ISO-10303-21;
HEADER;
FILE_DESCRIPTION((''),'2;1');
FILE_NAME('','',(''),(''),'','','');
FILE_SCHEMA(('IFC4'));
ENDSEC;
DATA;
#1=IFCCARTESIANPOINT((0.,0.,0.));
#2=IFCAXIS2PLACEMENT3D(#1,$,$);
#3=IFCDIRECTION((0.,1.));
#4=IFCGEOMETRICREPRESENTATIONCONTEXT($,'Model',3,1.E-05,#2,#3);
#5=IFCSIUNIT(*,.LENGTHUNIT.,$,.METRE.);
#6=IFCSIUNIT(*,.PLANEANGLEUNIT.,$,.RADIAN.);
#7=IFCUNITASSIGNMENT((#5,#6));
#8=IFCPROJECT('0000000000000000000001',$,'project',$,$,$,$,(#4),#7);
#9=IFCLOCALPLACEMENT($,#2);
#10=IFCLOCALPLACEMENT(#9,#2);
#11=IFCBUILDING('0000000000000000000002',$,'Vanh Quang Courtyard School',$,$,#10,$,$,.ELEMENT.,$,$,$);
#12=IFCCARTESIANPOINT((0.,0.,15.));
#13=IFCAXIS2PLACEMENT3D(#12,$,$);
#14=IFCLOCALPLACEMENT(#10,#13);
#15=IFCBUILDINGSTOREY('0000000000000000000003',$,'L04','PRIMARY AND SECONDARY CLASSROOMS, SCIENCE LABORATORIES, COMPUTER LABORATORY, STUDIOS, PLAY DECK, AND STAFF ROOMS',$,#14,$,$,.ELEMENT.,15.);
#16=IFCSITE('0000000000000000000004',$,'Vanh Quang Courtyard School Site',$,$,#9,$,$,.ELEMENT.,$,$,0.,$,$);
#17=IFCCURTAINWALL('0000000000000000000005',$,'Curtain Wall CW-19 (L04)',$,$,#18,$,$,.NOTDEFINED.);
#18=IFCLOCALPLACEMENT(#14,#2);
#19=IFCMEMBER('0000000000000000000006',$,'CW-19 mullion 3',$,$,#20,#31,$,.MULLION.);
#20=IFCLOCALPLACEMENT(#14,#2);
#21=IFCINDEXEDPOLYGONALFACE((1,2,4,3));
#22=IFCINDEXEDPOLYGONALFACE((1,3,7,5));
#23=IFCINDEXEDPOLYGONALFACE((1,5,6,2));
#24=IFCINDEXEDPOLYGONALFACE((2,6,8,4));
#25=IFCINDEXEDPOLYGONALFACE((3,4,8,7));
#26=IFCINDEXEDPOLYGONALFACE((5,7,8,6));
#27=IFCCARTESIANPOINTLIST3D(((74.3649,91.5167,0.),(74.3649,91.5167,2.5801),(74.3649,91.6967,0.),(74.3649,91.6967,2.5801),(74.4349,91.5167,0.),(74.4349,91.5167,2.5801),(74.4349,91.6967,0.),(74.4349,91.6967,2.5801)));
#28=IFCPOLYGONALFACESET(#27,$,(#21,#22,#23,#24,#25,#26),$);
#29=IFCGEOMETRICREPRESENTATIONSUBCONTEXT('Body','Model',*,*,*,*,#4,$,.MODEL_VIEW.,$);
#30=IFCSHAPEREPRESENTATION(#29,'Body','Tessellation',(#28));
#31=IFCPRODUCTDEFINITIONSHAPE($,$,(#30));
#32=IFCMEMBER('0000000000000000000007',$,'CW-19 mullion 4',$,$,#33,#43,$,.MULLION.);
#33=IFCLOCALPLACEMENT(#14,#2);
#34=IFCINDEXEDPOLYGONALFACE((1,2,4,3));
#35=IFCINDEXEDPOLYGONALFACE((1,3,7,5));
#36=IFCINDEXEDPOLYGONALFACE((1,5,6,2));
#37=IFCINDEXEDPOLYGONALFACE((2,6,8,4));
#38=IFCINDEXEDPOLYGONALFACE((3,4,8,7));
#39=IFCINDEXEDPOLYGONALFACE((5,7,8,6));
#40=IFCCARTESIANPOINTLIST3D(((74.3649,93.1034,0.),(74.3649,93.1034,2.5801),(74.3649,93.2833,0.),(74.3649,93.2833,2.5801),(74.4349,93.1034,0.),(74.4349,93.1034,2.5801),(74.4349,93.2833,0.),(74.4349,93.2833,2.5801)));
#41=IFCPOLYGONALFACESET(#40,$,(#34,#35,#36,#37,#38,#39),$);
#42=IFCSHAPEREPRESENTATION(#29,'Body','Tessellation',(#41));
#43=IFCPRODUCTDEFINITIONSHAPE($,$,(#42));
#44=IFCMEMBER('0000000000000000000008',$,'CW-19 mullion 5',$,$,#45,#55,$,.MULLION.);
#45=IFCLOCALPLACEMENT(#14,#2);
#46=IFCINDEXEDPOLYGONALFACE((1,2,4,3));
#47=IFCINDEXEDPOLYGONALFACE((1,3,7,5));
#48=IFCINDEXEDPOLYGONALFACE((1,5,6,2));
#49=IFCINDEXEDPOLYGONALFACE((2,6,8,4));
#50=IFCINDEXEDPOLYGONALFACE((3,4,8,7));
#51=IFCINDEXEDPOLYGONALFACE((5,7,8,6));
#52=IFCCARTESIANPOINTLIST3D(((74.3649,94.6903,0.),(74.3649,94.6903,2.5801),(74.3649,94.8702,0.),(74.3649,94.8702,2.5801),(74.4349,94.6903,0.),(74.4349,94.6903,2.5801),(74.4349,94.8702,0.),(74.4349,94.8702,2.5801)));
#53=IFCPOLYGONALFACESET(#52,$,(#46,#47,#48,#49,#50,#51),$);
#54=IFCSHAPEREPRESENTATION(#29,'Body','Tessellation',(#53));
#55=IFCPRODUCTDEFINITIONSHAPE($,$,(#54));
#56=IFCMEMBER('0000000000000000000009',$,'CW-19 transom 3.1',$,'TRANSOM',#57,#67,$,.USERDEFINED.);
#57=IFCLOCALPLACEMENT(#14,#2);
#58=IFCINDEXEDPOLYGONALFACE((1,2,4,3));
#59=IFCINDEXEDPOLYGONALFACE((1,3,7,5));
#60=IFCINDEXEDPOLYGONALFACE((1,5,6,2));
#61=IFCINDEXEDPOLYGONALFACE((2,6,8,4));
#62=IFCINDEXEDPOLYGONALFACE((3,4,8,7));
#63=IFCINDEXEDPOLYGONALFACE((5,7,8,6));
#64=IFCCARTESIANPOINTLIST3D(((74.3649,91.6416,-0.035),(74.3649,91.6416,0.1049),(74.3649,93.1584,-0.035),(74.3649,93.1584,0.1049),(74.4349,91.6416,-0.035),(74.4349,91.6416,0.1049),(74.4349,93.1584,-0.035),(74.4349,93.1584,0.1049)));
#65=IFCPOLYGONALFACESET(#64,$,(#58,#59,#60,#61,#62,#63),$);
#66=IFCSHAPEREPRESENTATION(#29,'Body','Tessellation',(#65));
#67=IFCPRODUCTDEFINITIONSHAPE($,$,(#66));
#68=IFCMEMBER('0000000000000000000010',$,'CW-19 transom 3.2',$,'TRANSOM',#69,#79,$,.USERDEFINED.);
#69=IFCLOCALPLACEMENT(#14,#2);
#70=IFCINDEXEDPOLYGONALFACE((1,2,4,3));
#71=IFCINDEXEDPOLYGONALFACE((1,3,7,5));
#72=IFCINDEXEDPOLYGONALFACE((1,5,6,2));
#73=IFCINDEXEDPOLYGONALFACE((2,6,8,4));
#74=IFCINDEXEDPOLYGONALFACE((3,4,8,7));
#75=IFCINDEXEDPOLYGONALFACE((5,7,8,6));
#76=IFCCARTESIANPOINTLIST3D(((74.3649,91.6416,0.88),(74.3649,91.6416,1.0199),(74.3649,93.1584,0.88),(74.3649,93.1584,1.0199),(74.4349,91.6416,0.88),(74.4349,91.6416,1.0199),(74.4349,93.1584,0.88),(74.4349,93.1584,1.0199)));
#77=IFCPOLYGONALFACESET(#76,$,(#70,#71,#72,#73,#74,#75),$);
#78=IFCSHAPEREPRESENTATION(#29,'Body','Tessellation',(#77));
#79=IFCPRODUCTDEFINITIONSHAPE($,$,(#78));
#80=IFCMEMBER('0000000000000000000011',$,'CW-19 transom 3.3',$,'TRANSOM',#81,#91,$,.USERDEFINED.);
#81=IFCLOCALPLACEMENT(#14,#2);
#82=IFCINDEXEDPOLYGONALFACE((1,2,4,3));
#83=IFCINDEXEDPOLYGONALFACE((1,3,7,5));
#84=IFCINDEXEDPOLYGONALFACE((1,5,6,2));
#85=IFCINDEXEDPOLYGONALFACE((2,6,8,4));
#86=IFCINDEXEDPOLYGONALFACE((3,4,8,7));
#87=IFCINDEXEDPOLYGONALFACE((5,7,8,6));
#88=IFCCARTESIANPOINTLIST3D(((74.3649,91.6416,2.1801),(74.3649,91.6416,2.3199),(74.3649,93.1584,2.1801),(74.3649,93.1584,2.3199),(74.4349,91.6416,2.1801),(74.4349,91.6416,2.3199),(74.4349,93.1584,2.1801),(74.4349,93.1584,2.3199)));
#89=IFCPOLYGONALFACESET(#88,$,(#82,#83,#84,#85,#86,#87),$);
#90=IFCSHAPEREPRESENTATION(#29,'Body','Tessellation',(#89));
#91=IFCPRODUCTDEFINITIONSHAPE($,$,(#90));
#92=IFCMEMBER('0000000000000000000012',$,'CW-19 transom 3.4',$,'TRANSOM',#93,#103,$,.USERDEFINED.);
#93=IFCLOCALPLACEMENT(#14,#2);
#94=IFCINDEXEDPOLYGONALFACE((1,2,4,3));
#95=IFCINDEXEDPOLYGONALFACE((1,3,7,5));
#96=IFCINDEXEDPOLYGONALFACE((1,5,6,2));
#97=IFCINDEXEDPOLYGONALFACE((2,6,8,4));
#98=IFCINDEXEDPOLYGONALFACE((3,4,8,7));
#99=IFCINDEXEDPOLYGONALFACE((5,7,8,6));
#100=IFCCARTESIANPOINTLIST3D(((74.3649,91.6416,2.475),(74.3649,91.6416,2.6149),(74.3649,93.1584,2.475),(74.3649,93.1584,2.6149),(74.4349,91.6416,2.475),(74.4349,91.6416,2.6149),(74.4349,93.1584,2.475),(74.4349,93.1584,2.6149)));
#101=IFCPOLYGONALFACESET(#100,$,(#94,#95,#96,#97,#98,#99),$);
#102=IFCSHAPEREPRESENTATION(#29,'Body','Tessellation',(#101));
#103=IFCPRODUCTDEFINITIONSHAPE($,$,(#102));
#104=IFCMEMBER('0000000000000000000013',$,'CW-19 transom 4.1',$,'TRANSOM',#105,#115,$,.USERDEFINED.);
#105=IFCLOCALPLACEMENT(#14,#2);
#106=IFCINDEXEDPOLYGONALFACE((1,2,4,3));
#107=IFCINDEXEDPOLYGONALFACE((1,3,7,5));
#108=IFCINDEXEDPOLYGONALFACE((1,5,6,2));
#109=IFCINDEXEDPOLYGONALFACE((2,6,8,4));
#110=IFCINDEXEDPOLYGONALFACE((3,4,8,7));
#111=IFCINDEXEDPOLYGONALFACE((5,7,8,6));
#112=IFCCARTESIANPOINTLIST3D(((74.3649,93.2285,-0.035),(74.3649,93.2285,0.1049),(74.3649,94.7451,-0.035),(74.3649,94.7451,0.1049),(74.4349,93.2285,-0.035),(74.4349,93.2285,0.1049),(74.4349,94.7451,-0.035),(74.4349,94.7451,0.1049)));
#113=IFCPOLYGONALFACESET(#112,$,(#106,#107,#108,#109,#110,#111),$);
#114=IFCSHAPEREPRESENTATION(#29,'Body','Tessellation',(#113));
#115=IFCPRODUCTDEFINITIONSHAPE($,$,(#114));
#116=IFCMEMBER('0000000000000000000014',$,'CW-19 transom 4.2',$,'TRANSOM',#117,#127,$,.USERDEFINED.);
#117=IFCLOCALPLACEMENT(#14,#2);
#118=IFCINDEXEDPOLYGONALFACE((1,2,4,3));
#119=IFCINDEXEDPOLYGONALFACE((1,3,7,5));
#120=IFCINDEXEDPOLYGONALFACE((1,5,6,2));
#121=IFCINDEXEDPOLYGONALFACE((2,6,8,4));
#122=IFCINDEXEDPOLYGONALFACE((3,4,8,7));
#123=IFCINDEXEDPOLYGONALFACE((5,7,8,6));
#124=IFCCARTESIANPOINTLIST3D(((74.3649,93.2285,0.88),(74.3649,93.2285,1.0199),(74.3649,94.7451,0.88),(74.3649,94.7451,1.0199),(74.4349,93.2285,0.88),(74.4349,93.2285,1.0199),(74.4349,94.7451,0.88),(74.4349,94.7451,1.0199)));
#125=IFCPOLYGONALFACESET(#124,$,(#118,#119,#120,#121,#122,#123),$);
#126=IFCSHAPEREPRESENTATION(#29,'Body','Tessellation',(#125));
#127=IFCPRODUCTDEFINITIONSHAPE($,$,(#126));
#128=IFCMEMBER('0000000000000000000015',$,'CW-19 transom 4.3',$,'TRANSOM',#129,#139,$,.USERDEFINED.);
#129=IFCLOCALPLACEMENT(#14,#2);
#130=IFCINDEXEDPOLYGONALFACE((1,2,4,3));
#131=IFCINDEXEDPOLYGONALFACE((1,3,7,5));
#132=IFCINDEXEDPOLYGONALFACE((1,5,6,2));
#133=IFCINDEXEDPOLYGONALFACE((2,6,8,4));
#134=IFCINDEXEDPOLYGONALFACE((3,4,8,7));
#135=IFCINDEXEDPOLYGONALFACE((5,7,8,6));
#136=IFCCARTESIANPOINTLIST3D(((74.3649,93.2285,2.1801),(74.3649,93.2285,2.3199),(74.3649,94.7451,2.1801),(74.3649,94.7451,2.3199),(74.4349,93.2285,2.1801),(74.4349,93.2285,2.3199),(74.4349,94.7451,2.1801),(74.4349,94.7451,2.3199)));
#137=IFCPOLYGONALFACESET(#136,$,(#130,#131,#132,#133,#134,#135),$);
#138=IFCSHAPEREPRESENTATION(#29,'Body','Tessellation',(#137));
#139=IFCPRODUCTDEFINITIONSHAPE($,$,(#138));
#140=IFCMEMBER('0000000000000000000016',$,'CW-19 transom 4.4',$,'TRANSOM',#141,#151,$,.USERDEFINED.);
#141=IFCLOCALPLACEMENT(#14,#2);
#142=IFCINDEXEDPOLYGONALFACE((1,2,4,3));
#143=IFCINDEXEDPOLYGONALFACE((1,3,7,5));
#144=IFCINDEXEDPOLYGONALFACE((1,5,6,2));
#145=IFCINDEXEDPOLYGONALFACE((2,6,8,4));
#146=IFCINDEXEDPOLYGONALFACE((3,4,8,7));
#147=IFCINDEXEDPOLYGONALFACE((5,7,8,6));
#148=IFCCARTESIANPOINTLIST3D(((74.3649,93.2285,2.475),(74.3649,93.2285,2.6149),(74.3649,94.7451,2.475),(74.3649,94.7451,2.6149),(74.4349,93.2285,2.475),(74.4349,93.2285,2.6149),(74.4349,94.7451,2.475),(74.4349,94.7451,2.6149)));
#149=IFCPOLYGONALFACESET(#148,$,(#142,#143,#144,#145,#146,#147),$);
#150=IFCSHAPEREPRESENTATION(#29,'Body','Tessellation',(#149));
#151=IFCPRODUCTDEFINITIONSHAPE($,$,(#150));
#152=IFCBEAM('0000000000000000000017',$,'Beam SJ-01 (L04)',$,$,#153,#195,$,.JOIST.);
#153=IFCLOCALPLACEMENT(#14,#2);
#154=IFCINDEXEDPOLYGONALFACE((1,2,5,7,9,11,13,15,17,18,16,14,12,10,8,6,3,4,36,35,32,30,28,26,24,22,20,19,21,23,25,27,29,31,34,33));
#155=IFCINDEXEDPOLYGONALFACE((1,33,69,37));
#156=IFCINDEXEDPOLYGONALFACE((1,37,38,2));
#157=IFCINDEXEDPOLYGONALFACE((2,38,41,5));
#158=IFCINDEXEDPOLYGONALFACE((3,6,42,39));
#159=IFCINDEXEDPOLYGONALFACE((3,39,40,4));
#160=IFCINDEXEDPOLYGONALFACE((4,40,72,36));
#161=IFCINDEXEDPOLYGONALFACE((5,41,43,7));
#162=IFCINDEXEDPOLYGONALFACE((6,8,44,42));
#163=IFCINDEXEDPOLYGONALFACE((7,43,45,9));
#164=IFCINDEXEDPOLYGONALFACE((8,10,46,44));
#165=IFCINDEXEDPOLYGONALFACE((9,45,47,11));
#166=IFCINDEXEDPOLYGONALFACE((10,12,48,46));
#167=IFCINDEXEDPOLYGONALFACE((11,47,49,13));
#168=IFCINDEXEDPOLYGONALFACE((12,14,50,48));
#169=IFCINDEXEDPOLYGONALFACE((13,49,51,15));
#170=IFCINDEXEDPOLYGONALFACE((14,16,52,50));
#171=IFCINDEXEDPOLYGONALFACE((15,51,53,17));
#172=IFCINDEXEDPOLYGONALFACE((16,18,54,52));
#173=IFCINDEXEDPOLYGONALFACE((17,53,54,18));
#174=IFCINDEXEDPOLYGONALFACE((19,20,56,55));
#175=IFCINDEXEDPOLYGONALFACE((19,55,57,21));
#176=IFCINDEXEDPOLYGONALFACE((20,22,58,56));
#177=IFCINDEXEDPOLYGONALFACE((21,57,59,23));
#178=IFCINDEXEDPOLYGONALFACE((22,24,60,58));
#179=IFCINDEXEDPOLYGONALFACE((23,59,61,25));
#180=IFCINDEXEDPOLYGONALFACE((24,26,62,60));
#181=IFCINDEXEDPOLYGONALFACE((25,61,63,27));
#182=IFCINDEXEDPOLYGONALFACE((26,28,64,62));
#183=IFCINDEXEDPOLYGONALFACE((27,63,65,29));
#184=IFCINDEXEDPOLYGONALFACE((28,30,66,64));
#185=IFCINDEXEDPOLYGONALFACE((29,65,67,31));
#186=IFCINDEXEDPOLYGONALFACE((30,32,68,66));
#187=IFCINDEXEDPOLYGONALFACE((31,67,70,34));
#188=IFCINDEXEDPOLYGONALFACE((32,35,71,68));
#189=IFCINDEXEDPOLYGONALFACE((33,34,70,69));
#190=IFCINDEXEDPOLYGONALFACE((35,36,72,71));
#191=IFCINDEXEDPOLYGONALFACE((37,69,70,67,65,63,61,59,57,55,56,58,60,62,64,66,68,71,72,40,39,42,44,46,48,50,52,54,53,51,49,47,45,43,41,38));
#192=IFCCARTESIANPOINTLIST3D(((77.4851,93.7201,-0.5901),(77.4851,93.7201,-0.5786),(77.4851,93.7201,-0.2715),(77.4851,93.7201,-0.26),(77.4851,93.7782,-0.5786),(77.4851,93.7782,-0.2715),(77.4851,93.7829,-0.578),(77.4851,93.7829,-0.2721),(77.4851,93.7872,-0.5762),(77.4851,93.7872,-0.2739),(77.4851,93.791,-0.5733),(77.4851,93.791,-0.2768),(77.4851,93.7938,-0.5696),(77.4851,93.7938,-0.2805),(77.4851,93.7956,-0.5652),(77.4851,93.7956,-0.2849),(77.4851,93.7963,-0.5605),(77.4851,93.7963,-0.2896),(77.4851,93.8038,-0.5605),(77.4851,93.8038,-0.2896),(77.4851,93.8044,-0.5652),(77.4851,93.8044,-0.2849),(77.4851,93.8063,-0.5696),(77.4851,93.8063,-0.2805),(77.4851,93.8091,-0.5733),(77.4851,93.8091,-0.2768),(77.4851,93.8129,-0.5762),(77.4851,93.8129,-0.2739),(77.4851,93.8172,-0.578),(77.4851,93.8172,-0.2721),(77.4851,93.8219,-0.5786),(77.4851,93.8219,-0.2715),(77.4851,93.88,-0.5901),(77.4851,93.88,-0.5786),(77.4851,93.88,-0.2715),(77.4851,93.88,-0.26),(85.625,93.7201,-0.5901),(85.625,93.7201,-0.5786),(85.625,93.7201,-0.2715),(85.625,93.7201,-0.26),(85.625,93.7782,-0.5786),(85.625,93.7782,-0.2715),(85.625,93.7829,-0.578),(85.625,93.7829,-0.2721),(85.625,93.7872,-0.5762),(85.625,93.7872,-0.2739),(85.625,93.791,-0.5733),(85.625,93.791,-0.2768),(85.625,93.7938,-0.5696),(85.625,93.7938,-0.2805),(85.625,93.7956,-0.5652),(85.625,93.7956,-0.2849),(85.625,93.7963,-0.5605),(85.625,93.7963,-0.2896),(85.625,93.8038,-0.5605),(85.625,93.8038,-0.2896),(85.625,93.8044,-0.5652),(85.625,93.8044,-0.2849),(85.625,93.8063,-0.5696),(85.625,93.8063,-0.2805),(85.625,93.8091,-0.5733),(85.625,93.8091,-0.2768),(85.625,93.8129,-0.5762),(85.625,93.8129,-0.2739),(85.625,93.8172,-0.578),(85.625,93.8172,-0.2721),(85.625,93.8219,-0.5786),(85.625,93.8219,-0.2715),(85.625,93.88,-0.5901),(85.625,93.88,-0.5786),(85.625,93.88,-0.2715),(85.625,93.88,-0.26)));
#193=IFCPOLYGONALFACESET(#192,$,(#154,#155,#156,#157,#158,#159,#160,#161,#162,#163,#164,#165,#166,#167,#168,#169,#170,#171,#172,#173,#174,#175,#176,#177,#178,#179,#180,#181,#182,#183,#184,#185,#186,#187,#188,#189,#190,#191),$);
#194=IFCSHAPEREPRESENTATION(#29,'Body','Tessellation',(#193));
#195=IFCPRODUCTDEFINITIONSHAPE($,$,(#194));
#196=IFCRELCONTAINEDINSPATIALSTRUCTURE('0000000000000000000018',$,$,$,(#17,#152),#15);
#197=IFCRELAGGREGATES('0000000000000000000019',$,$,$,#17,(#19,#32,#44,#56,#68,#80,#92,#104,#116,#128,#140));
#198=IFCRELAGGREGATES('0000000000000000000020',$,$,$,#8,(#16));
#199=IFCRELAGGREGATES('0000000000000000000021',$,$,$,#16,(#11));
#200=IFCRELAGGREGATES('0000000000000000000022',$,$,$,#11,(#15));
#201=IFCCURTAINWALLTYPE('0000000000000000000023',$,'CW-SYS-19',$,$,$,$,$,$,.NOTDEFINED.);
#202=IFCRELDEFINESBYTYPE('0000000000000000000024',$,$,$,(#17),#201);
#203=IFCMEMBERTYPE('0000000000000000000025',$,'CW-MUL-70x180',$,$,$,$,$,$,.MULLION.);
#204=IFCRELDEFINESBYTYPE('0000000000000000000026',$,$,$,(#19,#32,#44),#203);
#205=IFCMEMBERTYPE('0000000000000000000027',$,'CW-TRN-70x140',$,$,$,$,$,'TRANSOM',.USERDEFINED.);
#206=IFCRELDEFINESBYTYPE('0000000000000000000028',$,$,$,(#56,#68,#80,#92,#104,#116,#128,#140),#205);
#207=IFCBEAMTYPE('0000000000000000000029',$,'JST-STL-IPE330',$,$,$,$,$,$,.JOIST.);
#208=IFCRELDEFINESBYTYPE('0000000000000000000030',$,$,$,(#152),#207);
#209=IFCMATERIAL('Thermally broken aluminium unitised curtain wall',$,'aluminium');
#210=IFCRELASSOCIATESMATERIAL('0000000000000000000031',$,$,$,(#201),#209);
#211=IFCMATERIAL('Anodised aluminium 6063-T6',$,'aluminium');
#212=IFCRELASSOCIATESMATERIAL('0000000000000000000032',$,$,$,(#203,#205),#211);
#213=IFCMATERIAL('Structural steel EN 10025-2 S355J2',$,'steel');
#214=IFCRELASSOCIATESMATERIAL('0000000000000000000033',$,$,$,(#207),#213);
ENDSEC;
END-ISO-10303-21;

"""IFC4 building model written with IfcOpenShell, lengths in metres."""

from ifc_helpers import new_model, si_unit, direction, frame, origin, origin_2d, place, context, subcontext, project, spatial, rectangle, i_section, extrude, material, material_profile, profile_set, type_object, element, aggregate, save


model = new_model("IFC4")

# Units and contexts
model_context = context("Model", 3, precision=1e-05, world=origin(), true_north=direction((0.0, 1.0)))
body_context = subcontext(model_context, "Body", "Model", "MODEL_VIEW")
ifc_project = project(units=[si_unit("LENGTHUNIT", "METRE"), si_unit("PLANEANGLEUNIT", "RADIAN")], contexts=[model_context])

# Site, building, storey
site_placement = place(None, origin())
site = spatial("IfcSite", under=ifc_project, at=site_placement, Name="Vanh Quang Courtyard School Site", CompositionType="ELEMENT", RefElevation=0.0)
building_placement = place(site_placement, origin())
building = spatial("IfcBuilding", under=site, at=building_placement, Name="Vanh Quang Courtyard School", CompositionType="ELEMENT")
storey_placement = place(building_placement, frame((0.0, 0.0, 15.0)))
storey = spatial("IfcBuildingStorey", under=building, at=storey_placement, Name="L04", Description="PRIMARY AND SECONDARY CLASSROOMS, SCIENCE LABORATORIES, COMPUTER LABORATORY, STUDIOS, PLAY DECK, AND STAFF ROOMS", CompositionType="ELEMENT", Elevation=15.0)

# Curtain wall, members
ifc_material_1 = material(Name="Thermally broken aluminium unitised curtain wall", Category="aluminium")
curtain_wall_type = type_object("IfcCurtainWallType", Name="CW-SYS-19", PredefinedType="NOTDEFINED", material=ifc_material_1)
curtain_wall_placement = place(storey_placement, origin())
curtain_wall = element("IfcCurtainWall", 1, at=curtain_wall_placement, inside=storey, type_object=curtain_wall_type, Name="Curtain Wall CW-19 (L04)", PredefinedType="NOTDEFINED")
ifc_material_2 = material(Name="Anodised aluminium 6063-T6", Category="aluminium")
ifc_material_profile_1 = material_profile(ifc_material_2, rectangle(XDim=0.0701, YDim=0.1799, at=origin_2d()), Name="ALU-MUL 70x180")
ifc_profile_set_1 = profile_set([ifc_material_profile_1], Name="Anodised aluminium 6063-T6")
member_type_1 = type_object("IfcMemberType", Name="CW-MUL-70x180", PredefinedType="MULLION", material=ifc_profile_set_1)
member_1_placement = place(storey_placement, frame((74.3999, 91.6067, 0.0), z_axis=(0.0, 0.0, 1.0), x_axis=(-1.0, 0.0, 0.0)))
member_1 = element("IfcMember", 2, at=member_1_placement, type_object=member_type_1, Name="CW-19 mullion 3", PredefinedType="MULLION", context=body_context, shape_type="SweptSolid", body=[
    extrude(rectangle(XDim=0.0701, YDim=0.1799, at=origin_2d()), origin(), (0.0, 0.0, 1.0), 2.5801),
])
member_2_placement = place(storey_placement, frame((74.3999, 93.1934, 0.0), z_axis=(0.0, 0.0, 1.0), x_axis=(-1.0, 0.0, 0.0)))
member_2 = element("IfcMember", 3, at=member_2_placement, type_object=member_type_1, Name="CW-19 mullion 4", PredefinedType="MULLION", context=body_context, shape_type="SweptSolid", body=[
    extrude(rectangle(XDim=0.0701, YDim=0.1799, at=origin_2d()), origin(), (0.0, 0.0, 1.0), 2.5801),
])
member_3_placement = place(storey_placement, frame((74.3999, 94.7803, 0.0), z_axis=(0.0, 0.0, 1.0), x_axis=(-1.0, 0.0, 0.0)))
member_3 = element("IfcMember", 4, at=member_3_placement, type_object=member_type_1, Name="CW-19 mullion 5", PredefinedType="MULLION", context=body_context, shape_type="SweptSolid", body=[
    extrude(rectangle(XDim=0.0701, YDim=0.1799, at=origin_2d()), origin(), (0.0, 0.0, 1.0), 2.5801),
])
ifc_material_profile_2 = material_profile(ifc_material_2, rectangle(XDim=0.0701, YDim=0.1399, at=origin_2d()), Name="ALU-TRN 70x140")
ifc_profile_set_2 = profile_set([ifc_material_profile_2], Name="Anodised aluminium 6063-T6")
member_type_2 = type_object("IfcMemberType", Name="CW-TRN-70x140", ElementType="TRANSOM", PredefinedType="USERDEFINED", material=ifc_profile_set_2)
member_4_placement = place(storey_placement, frame((74.3999, 91.6416, 0.0349), z_axis=(0.0, 1.0, 0.0), x_axis=(-1.0, 0.0, 0.0)))
member_4 = element("IfcMember", 5, at=member_4_placement, type_object=member_type_2, Name="CW-19 transom 3.1", ObjectType="TRANSOM", PredefinedType="USERDEFINED", context=body_context, shape_type="SweptSolid", body=[
    extrude(rectangle(XDim=0.0701, YDim=0.1399, at=origin_2d()), origin(), (0.0, 0.0, 1.0), 1.5168),
])
member_5_placement = place(storey_placement, frame((74.3999, 91.6416, 0.95), z_axis=(0.0, 1.0, 0.0), x_axis=(-1.0, 0.0, 0.0)))
member_5 = element("IfcMember", 6, at=member_5_placement, type_object=member_type_2, Name="CW-19 transom 3.2", ObjectType="TRANSOM", PredefinedType="USERDEFINED", context=body_context, shape_type="SweptSolid", body=[
    extrude(rectangle(XDim=0.0701, YDim=0.1399, at=origin_2d()), origin(), (0.0, 0.0, 1.0), 1.5168),
])
member_6_placement = place(storey_placement, frame((74.3999, 91.6416, 2.25), z_axis=(0.0, 1.0, 0.0), x_axis=(-1.0, 0.0, 0.0)))
member_6 = element("IfcMember", 7, at=member_6_placement, type_object=member_type_2, Name="CW-19 transom 3.3", ObjectType="TRANSOM", PredefinedType="USERDEFINED", context=body_context, shape_type="SweptSolid", body=[
    extrude(rectangle(XDim=0.0701, YDim=0.1399, at=origin_2d()), origin(), (0.0, 0.0, 1.0), 1.5168),
])
member_7_placement = place(storey_placement, frame((74.3999, 91.6416, 2.5449), z_axis=(0.0, 1.0, 0.0), x_axis=(-1.0, 0.0, 0.0)))
member_7 = element("IfcMember", 8, at=member_7_placement, type_object=member_type_2, Name="CW-19 transom 3.4", ObjectType="TRANSOM", PredefinedType="USERDEFINED", context=body_context, shape_type="SweptSolid", body=[
    extrude(rectangle(XDim=0.0701, YDim=0.1399, at=origin_2d()), origin(), (0.0, 0.0, 1.0), 1.5168),
])
member_8_placement = place(storey_placement, frame((74.3999, 93.2285, 0.0349), z_axis=(0.0, 1.0, 0.0), x_axis=(-1.0, 0.0, 0.0)))
member_8 = element("IfcMember", 9, at=member_8_placement, type_object=member_type_2, Name="CW-19 transom 4.1", ObjectType="TRANSOM", PredefinedType="USERDEFINED", context=body_context, shape_type="SweptSolid", body=[
    extrude(rectangle(XDim=0.0701, YDim=0.1399, at=origin_2d()), origin(), (0.0, 0.0, 1.0), 1.5166),
])
member_9_placement = place(storey_placement, frame((74.3999, 93.2285, 0.95), z_axis=(0.0, 1.0, 0.0), x_axis=(-1.0, 0.0, 0.0)))
member_9 = element("IfcMember", 10, at=member_9_placement, type_object=member_type_2, Name="CW-19 transom 4.2", ObjectType="TRANSOM", PredefinedType="USERDEFINED", context=body_context, shape_type="SweptSolid", body=[
    extrude(rectangle(XDim=0.0701, YDim=0.1399, at=origin_2d()), origin(), (0.0, 0.0, 1.0), 1.5166),
])
member_10_placement = place(storey_placement, frame((74.3999, 93.2285, 2.25), z_axis=(0.0, 1.0, 0.0), x_axis=(-1.0, 0.0, 0.0)))
member_10 = element("IfcMember", 11, at=member_10_placement, type_object=member_type_2, Name="CW-19 transom 4.3", ObjectType="TRANSOM", PredefinedType="USERDEFINED", context=body_context, shape_type="SweptSolid", body=[
    extrude(rectangle(XDim=0.0701, YDim=0.1399, at=origin_2d()), origin(), (0.0, 0.0, 1.0), 1.5166),
])
member_11_placement = place(storey_placement, frame((74.3999, 93.2285, 2.5449), z_axis=(0.0, 1.0, 0.0), x_axis=(-1.0, 0.0, 0.0)))
member_11 = element("IfcMember", 12, at=member_11_placement, type_object=member_type_2, Name="CW-19 transom 4.4", ObjectType="TRANSOM", PredefinedType="USERDEFINED", context=body_context, shape_type="SweptSolid", body=[
    extrude(rectangle(XDim=0.0701, YDim=0.1399, at=origin_2d()), origin(), (0.0, 0.0, 1.0), 1.5166),
])

# Beam
ifc_material_3 = material(Name="Structural steel EN 10025-2 S355J2", Category="steel")
ifc_material_profile_3 = material_profile(ifc_material_3, i_section(OverallWidth=0.1599, OverallDepth=0.3301, WebThickness=0.0076, FlangeThickness=0.0115, FilletRadius=0.0181, at=origin_2d()), Name="IPE 330")
ifc_profile_set_3 = profile_set([ifc_material_profile_3], Name="Structural steel EN 10025-2 S355J2")
beam_type = type_object("IfcBeamType", Name="JST-STL-IPE330", PredefinedType="JOIST", material=ifc_profile_set_3)
beam_placement = place(storey_placement, frame((77.4851, 93.8, -0.425), z_axis=(1.0, 0.0, 0.0), x_axis=(0.0, 1.0, 0.0)))
element("IfcBeam", 13, at=beam_placement, inside=storey, type_object=beam_type, Name="Beam SJ-01 (L04)", PredefinedType="JOIST", context=body_context, shape_type="SweptSolid", body=[
    extrude(i_section(OverallWidth=0.1599, OverallDepth=0.3301, WebThickness=0.0076, FlangeThickness=0.0115, FilletRadius=0.0181, at=origin_2d()), origin(), (0.0, 0.0, 1.0), 8.1399),
])

aggregate(curtain_wall, [member_1, member_2, member_3, member_4, member_5, member_6, member_7, member_8, member_9, member_10, member_11])

save(model, "model.ifc")
